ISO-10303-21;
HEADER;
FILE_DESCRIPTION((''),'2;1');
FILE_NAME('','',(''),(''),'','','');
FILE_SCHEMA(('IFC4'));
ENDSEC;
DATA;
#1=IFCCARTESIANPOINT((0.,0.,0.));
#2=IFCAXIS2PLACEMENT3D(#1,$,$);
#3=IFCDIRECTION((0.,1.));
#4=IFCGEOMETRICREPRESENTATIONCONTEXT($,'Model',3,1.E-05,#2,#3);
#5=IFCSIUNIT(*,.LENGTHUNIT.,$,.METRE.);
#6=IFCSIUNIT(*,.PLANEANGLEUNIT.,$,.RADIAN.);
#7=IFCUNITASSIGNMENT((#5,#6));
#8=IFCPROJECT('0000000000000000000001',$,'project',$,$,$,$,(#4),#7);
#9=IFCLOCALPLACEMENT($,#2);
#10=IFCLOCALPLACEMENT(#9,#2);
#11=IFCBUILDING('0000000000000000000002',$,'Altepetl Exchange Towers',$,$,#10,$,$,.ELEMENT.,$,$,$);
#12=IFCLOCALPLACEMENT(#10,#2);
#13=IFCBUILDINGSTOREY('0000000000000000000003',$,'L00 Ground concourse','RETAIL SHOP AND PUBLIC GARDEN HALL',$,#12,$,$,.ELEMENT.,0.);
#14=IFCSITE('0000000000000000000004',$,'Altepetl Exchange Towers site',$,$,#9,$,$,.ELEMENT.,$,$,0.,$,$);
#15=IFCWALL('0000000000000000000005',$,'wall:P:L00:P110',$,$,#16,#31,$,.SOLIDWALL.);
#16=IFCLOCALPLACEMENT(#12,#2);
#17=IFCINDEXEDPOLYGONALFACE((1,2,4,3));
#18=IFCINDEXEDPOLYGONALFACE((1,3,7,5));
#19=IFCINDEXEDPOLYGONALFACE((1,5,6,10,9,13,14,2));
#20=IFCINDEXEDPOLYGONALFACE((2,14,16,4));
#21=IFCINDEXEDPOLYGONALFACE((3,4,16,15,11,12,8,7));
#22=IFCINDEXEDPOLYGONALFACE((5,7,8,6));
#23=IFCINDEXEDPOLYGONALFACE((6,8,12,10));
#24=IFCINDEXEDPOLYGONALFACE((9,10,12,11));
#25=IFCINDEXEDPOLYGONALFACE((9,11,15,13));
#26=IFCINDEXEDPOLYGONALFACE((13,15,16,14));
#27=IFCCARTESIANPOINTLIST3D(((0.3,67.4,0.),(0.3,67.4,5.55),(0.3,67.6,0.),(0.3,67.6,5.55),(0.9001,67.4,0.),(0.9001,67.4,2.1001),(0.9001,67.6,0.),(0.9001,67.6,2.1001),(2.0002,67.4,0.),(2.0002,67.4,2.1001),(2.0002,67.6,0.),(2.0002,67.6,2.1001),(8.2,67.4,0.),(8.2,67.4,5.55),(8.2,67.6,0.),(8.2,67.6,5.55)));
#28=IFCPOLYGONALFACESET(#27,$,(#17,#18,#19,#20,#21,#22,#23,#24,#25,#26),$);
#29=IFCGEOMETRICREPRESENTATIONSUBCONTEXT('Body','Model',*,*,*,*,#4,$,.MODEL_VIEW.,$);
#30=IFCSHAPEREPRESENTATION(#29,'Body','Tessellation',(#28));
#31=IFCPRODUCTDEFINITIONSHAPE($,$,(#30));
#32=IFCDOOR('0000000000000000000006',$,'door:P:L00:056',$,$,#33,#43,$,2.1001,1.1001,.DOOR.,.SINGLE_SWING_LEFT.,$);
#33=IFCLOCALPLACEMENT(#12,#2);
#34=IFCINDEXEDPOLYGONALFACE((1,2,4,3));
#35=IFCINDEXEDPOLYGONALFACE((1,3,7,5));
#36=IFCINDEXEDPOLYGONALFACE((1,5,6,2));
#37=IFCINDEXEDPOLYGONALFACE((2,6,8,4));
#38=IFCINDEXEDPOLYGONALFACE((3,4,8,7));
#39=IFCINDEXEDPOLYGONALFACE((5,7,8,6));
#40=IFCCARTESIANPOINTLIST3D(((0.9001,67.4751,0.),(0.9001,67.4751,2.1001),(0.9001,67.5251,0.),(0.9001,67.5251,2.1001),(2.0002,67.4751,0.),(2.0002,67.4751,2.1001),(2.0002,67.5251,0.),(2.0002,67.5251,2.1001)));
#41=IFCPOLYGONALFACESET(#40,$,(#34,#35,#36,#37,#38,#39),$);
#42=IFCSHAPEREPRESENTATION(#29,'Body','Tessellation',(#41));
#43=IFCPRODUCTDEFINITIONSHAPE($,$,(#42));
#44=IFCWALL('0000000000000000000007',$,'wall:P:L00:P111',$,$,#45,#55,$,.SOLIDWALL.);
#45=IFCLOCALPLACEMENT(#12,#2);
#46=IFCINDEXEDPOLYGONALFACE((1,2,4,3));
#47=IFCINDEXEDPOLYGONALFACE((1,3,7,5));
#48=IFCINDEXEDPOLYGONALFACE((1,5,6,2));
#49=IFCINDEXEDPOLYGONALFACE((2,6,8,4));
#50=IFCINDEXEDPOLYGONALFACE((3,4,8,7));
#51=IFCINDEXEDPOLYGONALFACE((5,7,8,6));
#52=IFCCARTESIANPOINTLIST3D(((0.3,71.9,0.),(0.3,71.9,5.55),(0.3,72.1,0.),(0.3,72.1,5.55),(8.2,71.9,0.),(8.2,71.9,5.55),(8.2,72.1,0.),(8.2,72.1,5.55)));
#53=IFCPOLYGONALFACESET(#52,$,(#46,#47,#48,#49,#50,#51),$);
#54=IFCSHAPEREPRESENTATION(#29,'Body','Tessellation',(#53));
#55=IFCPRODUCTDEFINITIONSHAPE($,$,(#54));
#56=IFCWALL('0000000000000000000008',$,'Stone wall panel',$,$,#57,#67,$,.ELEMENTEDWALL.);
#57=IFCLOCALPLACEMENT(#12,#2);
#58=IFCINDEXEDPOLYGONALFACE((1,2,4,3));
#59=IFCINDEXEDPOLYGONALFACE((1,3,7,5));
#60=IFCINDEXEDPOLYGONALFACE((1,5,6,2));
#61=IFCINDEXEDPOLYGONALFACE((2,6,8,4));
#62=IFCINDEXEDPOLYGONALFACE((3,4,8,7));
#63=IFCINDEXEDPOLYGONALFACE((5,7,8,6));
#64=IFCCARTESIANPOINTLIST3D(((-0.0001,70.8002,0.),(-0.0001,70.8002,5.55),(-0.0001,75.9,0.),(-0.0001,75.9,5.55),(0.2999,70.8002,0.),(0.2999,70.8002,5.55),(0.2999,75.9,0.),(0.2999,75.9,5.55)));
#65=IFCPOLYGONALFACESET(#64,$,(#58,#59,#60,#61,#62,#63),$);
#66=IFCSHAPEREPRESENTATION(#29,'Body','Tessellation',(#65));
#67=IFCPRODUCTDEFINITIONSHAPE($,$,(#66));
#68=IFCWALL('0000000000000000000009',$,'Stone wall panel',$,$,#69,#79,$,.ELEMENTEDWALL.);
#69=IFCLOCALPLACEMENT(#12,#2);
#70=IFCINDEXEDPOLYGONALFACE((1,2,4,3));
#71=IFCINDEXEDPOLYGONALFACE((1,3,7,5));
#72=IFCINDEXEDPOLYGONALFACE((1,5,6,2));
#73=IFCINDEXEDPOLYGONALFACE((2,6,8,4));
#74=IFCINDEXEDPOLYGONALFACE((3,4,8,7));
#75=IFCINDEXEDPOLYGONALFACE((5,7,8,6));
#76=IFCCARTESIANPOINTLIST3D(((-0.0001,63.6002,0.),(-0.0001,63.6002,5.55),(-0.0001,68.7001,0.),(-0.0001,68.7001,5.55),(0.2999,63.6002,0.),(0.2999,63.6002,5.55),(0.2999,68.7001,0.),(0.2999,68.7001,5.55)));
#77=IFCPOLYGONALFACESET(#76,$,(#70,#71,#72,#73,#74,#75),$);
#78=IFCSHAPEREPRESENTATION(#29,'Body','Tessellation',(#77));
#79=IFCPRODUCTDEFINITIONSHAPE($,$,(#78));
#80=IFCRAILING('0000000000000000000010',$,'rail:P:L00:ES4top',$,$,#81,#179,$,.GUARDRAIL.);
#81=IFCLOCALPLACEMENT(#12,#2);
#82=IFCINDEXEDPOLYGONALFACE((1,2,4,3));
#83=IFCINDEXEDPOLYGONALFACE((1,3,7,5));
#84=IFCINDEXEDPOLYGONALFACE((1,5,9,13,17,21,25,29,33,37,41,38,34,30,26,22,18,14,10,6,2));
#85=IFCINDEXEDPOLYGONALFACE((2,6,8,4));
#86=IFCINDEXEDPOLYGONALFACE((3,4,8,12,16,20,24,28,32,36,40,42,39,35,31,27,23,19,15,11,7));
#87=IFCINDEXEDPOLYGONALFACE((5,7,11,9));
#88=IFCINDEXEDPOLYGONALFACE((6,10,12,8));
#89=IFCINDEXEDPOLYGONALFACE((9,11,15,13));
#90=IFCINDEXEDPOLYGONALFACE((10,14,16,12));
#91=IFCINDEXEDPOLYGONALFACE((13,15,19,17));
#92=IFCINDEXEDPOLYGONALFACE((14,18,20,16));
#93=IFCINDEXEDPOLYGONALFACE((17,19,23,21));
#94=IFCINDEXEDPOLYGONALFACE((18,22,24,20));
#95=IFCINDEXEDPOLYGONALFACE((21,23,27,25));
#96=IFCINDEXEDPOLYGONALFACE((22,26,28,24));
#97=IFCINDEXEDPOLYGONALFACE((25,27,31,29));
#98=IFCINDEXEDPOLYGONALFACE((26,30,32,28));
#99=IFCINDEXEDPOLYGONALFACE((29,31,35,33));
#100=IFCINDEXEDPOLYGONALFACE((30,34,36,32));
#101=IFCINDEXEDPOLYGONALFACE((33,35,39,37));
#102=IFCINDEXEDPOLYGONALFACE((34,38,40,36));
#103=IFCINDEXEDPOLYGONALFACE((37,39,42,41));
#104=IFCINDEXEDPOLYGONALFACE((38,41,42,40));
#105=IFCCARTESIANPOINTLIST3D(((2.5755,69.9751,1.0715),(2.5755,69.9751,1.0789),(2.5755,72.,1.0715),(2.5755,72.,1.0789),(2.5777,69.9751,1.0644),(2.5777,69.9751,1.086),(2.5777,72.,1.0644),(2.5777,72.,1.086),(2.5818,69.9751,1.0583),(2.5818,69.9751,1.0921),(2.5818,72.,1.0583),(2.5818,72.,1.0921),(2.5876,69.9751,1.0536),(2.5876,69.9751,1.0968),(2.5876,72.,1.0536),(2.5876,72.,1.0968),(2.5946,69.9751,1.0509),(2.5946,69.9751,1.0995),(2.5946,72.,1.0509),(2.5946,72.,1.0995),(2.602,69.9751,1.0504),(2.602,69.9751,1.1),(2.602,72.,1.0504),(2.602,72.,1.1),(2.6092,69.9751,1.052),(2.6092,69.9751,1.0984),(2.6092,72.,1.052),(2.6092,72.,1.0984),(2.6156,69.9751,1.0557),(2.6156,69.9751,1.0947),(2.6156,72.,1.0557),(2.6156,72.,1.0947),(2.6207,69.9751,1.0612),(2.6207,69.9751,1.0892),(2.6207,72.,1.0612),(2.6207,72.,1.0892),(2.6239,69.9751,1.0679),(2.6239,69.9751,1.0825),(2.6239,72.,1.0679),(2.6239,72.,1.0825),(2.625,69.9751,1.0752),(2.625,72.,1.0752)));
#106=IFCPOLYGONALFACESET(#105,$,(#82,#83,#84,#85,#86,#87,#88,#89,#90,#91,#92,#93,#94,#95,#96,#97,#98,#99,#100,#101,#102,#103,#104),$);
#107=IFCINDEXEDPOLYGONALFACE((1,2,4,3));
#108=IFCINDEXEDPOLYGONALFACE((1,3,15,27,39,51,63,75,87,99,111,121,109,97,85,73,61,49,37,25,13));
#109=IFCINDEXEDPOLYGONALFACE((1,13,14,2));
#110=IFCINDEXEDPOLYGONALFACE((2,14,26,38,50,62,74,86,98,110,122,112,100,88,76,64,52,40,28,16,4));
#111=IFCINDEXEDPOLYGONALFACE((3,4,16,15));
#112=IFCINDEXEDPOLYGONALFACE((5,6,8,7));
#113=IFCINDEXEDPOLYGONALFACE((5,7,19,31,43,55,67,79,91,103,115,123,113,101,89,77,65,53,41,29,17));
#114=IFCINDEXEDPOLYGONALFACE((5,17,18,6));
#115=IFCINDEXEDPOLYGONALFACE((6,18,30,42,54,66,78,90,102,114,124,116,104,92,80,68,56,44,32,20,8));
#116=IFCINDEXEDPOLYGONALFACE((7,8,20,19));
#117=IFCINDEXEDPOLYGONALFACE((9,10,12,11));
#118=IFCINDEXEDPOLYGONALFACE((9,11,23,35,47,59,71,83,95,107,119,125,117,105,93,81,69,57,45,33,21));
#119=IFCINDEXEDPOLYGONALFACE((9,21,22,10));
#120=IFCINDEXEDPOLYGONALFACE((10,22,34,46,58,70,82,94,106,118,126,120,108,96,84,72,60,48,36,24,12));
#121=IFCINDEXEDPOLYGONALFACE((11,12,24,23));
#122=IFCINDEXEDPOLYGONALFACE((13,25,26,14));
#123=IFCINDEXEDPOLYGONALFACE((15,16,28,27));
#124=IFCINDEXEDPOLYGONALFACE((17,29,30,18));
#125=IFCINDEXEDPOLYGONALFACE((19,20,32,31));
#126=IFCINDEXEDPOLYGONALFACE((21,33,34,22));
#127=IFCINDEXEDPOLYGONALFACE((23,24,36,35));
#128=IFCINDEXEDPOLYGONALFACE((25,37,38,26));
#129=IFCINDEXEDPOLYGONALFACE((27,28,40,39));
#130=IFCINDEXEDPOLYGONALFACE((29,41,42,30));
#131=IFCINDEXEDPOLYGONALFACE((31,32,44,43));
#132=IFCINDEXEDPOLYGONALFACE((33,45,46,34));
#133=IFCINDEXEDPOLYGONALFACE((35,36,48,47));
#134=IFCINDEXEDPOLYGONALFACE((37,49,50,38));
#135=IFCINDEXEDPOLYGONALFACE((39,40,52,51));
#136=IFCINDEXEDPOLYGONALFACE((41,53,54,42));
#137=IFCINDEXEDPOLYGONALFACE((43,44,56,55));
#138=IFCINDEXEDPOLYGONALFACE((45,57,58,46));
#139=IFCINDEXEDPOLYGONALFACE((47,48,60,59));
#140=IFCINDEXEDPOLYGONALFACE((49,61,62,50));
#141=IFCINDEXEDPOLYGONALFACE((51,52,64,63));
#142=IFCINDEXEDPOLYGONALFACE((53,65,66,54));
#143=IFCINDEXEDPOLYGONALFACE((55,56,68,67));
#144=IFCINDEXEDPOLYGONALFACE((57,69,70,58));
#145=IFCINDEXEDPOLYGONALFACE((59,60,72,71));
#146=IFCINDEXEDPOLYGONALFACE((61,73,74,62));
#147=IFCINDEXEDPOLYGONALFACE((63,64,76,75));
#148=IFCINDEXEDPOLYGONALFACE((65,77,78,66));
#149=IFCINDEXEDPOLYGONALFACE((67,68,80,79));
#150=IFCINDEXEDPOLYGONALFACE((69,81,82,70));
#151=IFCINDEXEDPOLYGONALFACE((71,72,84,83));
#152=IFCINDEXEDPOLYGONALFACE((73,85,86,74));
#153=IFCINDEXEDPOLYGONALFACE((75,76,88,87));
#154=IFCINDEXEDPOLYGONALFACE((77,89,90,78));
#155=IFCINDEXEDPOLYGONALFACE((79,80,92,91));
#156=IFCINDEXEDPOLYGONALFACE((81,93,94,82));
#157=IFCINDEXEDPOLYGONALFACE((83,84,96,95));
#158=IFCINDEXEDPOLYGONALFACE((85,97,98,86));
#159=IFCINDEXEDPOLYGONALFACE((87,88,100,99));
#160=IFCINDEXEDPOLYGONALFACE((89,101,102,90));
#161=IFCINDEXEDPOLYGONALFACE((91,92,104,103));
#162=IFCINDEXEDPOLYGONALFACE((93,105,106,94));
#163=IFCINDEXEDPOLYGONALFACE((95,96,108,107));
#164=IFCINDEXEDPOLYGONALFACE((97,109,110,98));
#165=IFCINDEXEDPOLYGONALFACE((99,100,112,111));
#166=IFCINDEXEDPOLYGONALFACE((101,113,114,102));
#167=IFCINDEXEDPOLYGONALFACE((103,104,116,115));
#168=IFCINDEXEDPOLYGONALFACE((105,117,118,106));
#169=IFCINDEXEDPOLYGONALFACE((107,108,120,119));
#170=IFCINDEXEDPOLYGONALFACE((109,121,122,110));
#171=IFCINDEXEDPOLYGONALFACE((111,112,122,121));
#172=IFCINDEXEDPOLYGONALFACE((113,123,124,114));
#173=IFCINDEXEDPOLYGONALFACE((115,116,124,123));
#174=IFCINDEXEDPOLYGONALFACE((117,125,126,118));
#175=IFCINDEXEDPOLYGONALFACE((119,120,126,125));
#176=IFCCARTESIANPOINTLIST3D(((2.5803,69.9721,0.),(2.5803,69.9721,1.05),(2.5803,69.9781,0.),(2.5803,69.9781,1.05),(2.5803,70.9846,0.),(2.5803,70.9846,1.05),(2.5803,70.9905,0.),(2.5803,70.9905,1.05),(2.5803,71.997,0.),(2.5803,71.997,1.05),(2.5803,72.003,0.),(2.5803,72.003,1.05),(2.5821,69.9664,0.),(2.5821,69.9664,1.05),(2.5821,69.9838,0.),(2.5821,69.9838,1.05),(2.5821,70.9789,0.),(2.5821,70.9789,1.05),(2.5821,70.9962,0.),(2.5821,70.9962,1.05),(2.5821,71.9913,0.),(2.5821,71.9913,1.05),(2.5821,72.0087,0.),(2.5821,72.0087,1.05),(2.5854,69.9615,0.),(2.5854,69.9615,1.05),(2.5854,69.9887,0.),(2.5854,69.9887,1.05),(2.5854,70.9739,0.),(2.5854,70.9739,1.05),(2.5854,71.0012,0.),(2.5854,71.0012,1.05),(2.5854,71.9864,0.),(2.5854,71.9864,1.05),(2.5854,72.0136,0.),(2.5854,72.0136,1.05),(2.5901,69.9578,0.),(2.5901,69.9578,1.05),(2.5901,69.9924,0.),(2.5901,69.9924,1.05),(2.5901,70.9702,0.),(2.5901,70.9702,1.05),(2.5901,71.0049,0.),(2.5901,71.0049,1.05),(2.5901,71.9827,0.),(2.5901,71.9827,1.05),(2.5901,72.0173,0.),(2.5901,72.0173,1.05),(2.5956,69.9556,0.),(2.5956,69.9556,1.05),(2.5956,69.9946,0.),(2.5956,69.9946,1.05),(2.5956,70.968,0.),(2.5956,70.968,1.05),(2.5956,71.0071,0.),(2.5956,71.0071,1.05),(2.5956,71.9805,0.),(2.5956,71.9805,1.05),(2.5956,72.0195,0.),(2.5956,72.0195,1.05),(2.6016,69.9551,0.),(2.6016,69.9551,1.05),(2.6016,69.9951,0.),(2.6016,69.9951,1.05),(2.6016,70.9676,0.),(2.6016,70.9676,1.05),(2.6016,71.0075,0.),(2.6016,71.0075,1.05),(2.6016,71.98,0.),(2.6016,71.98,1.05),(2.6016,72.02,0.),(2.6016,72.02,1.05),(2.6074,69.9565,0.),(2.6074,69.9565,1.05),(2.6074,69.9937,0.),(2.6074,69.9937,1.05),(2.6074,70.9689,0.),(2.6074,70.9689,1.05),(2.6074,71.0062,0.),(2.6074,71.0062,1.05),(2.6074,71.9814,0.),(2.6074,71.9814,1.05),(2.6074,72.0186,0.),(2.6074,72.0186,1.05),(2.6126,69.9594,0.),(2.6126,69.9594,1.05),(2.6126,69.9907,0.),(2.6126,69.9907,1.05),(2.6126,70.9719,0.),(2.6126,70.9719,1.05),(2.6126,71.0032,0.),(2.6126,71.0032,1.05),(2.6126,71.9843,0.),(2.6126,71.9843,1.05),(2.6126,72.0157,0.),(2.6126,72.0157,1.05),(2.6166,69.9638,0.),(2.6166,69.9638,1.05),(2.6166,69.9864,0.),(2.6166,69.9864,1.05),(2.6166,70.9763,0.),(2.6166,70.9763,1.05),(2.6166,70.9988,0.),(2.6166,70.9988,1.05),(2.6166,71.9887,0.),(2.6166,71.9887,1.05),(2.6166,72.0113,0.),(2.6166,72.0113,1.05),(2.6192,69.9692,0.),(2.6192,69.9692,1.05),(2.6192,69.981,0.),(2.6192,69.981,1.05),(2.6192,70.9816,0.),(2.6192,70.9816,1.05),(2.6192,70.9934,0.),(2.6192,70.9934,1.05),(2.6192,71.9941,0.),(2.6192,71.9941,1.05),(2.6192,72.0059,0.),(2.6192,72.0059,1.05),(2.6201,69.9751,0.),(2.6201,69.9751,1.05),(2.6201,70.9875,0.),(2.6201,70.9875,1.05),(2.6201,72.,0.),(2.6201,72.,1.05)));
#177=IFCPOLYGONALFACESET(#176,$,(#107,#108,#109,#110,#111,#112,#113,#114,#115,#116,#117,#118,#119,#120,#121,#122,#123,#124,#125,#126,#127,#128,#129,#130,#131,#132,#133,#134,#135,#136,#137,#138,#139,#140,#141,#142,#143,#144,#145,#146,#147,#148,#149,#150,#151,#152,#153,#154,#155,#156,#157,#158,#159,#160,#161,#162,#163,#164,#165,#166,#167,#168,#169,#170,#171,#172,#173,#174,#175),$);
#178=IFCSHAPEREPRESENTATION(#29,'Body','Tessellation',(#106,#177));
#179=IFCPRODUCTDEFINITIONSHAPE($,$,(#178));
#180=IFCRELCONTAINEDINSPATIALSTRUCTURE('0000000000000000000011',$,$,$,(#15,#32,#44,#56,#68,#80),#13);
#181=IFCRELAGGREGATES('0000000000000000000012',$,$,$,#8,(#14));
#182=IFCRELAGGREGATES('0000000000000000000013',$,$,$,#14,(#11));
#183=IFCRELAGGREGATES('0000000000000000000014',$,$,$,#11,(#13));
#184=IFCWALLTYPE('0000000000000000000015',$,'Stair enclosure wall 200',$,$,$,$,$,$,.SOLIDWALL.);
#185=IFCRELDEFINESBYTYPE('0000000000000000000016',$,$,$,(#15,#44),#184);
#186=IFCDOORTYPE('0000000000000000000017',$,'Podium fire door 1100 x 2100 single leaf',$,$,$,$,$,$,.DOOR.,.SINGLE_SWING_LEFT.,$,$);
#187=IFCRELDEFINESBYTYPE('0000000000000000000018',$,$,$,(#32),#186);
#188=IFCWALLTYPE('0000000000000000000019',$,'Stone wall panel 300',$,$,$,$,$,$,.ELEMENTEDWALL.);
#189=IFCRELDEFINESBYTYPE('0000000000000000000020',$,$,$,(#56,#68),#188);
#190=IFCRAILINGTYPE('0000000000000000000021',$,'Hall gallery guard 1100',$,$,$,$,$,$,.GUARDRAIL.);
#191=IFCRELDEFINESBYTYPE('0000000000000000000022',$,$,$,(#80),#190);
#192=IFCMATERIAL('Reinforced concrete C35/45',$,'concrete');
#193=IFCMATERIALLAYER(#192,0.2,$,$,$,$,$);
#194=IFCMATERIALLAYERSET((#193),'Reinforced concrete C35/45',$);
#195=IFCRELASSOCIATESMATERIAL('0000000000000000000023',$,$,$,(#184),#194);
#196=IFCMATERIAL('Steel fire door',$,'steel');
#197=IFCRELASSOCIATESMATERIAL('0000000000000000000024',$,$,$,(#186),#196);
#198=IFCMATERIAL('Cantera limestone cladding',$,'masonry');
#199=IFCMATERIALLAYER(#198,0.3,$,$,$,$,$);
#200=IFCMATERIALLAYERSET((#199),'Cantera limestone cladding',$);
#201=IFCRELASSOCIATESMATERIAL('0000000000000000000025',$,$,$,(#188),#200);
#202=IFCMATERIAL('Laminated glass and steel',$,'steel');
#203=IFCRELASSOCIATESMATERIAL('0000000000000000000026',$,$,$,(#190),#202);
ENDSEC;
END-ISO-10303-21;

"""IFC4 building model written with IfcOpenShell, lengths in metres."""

from ifc_helpers import new_model, si_unit, direction, frame, frame_2d, origin, origin_2d, place, context, subcontext, project, spatial, rectangle, circle, extrude, source, transform, mapped, material, layer, layer_set, type_object, element, fill, save


model = new_model("IFC4")

# Units and contexts
model_context = context("Model", 3, precision=1e-05, world=origin(), true_north=direction((0.0, 1.0)))
body_context = subcontext(model_context, "Body", "Model", "MODEL_VIEW")
ifc_project = project(units=[si_unit("LENGTHUNIT", "METRE"), si_unit("PLANEANGLEUNIT", "RADIAN")], contexts=[model_context])

# Site, building, storey
site_placement = place(None, origin())
site = spatial("IfcSite", under=ifc_project, at=site_placement, Name="Altepetl Exchange Towers site", CompositionType="ELEMENT", RefElevation=0.0)
building_placement = place(site_placement, origin())
building = spatial("IfcBuilding", under=site, at=building_placement, Name="Altepetl Exchange Towers", CompositionType="ELEMENT")
storey_placement = place(building_placement, origin())
storey = spatial("IfcBuildingStorey", under=building, at=storey_placement, Name="L00 Ground concourse", Description="RETAIL SHOP AND PUBLIC GARDEN HALL", CompositionType="ELEMENT", Elevation=0.0)

# Shared definitions
ifc_material_1 = material(Name="Reinforced concrete C35/45", Category="concrete")
ifc_layer_1 = layer(ifc_material_1, 0.2)
ifc_layer_set_1 = layer_set([ifc_layer_1], Name="Reinforced concrete C35/45")
wall_type_1 = type_object("IfcWallType", Name="Stair enclosure wall 200", PredefinedType="SOLIDWALL", material=ifc_layer_set_1)

# Wall, opening, door
wall_1_placement = place(storey_placement, frame((0.3, 67.5, 0.0)))
wall_1 = element("IfcWall", 1, at=wall_1_placement, inside=storey, type_object=wall_type_1, Name="wall:P:L00:P110", PredefinedType="SOLIDWALL", context=body_context, shape_type="SweptSolid", body=[
    extrude(rectangle(XDim=7.8999, YDim=0.2, at=frame_2d((3.95, 0.0))), origin(), (0.0, 0.0, 1.0), 5.55),
])
opening_1_placement = place(wall_1_placement, frame((0.6001, 0.0, 0.0)))
opening_1 = element("IfcOpeningElement", 2, at=opening_1_placement, cuts=wall_1, PredefinedType="OPENING", context=body_context, shape_type="SweptSolid", body=[
    extrude(rectangle(XDim=1.1001, YDim=2.1001, at=frame_2d((0.55, 1.05))), frame((0.0, 0.1099, 0.0), z_axis=(0.0, -1.0, 0.0), x_axis=(1.0, 0.0, 0.0)), (0.0, 0.0, 1.0), 0.22),
])
ifc_material_2 = material(Name="Steel fire door", Category="steel")
door_type_1 = type_object("IfcDoorType", Name="Podium fire door 1100 x 2100 single leaf", OperationType="SINGLE_SWING_LEFT", PredefinedType="DOOR", material=ifc_material_2)
door_1_placement = place(opening_1_placement, frame((1.1001, 0.0, 0.0), x_axis=(-1.0, 0.0, 0.0)))
door_1 = element("IfcDoor", 3, at=door_1_placement, inside=storey, type_object=door_type_1, Name="door:P:L00:056", OperationType="SINGLE_SWING_LEFT", OverallHeight=2.1001, OverallWidth=1.1001, PredefinedType="DOOR", context=body_context, shape_type="SweptSolid", body=[
    extrude(rectangle(XDim=1.1001, YDim=2.1001, at=frame_2d((0.55, 1.05))), frame((0.0, 0.0249, 0.0), z_axis=(0.0, -1.0, 0.0), x_axis=(1.0, 0.0, 0.0)), (0.0, 0.0, 1.0), 0.05),
])
fill(opening_1, door_1)

# Walls
wall_2_placement = place(storey_placement, frame((0.3, 72.0, 0.0)))
element("IfcWall", 4, at=wall_2_placement, inside=storey, type_object=wall_type_1, Name="wall:P:L00:P111", PredefinedType="SOLIDWALL", context=body_context, shape_type="SweptSolid", body=[
    extrude(rectangle(XDim=7.8999, YDim=0.2, at=frame_2d((3.95, 0.0))), origin(), (0.0, 0.0, 1.0), 5.55),
])
ifc_material_3 = material(Name="Cantera limestone cladding", Category="masonry")
ifc_layer_2 = layer(ifc_material_3, 0.3)
ifc_layer_set_2 = layer_set([ifc_layer_2], Name="Cantera limestone cladding")
wall_type_2 = type_object("IfcWallType", Name="Stone wall panel 300", PredefinedType="ELEMENTEDWALL", material=ifc_layer_set_2)
wall_3_placement = place(storey_placement, frame((0.1499, 75.8999, 0.0), z_axis=(0.0, 0.0, 1.0), x_axis=(0.0, -1.0, 0.0)))
element("IfcWall", 5, at=wall_3_placement, inside=storey, type_object=wall_type_2, Name="Stone wall panel", PredefinedType="ELEMENTEDWALL", context=body_context, shape_type="SweptSolid", body=[
    extrude(rectangle(XDim=5.0999, YDim=0.3, at=frame_2d((2.5498, 0.0))), origin(), (0.0, 0.0, 1.0), 5.55),
])

# Wall
wall_4_placement = place(storey_placement, frame((0.1499, 68.7, 0.0), z_axis=(0.0, 0.0, 1.0), x_axis=(0.0, -1.0, 0.0)))
element("IfcWall", 6, at=wall_4_placement, inside=storey, type_object=wall_type_2, Name="Stone wall panel", PredefinedType="ELEMENTEDWALL", context=body_context, shape_type="SweptSolid", body=[
    extrude(rectangle(XDim=5.0999, YDim=0.3, at=frame_2d((2.5498, 0.0))), origin(), (0.0, 0.0, 1.0), 5.55),
])

# Railing
ifc_material_4 = material(Name="Laminated glass and steel", Category="steel")
railing_type = type_object("IfcRailingType", Name="Hall gallery guard 1100", PredefinedType="GUARDRAIL", material=ifc_material_4)
shared_shape = source(origin(), body_context, "Body", "SweptSolid", [
    extrude(circle(Radius=0.02, at=origin_2d()), origin(), (0.0, 0.0, 1.0), 1.05),
])
railing_1_placement = place(storey_placement, frame((2.6001, 72.0, 0.0)))
element("IfcRailing", 7, at=railing_1_placement, inside=storey, type_object=railing_type, Name="rail:P:L00:ES4top", PredefinedType="GUARDRAIL", context=body_context, shape_type="SweptSolid", body=[
    extrude(circle(Radius=0.0249, at=origin_2d()), frame((0.0, 0.0, 1.0752), z_axis=(0.0, -1.0, 0.0), x_axis=(1.0, 0.0, 0.0)), (0.0, 0.0, 1.0), 2.0249),
    mapped(shared_shape, transform((0.0, 0.0, 0.0))),
    mapped(shared_shape, transform((0.0, -1.0125, 0.0))),
    mapped(shared_shape, transform((0.0, -2.0249, 0.0))),
])

save(model, "model.ifc")
